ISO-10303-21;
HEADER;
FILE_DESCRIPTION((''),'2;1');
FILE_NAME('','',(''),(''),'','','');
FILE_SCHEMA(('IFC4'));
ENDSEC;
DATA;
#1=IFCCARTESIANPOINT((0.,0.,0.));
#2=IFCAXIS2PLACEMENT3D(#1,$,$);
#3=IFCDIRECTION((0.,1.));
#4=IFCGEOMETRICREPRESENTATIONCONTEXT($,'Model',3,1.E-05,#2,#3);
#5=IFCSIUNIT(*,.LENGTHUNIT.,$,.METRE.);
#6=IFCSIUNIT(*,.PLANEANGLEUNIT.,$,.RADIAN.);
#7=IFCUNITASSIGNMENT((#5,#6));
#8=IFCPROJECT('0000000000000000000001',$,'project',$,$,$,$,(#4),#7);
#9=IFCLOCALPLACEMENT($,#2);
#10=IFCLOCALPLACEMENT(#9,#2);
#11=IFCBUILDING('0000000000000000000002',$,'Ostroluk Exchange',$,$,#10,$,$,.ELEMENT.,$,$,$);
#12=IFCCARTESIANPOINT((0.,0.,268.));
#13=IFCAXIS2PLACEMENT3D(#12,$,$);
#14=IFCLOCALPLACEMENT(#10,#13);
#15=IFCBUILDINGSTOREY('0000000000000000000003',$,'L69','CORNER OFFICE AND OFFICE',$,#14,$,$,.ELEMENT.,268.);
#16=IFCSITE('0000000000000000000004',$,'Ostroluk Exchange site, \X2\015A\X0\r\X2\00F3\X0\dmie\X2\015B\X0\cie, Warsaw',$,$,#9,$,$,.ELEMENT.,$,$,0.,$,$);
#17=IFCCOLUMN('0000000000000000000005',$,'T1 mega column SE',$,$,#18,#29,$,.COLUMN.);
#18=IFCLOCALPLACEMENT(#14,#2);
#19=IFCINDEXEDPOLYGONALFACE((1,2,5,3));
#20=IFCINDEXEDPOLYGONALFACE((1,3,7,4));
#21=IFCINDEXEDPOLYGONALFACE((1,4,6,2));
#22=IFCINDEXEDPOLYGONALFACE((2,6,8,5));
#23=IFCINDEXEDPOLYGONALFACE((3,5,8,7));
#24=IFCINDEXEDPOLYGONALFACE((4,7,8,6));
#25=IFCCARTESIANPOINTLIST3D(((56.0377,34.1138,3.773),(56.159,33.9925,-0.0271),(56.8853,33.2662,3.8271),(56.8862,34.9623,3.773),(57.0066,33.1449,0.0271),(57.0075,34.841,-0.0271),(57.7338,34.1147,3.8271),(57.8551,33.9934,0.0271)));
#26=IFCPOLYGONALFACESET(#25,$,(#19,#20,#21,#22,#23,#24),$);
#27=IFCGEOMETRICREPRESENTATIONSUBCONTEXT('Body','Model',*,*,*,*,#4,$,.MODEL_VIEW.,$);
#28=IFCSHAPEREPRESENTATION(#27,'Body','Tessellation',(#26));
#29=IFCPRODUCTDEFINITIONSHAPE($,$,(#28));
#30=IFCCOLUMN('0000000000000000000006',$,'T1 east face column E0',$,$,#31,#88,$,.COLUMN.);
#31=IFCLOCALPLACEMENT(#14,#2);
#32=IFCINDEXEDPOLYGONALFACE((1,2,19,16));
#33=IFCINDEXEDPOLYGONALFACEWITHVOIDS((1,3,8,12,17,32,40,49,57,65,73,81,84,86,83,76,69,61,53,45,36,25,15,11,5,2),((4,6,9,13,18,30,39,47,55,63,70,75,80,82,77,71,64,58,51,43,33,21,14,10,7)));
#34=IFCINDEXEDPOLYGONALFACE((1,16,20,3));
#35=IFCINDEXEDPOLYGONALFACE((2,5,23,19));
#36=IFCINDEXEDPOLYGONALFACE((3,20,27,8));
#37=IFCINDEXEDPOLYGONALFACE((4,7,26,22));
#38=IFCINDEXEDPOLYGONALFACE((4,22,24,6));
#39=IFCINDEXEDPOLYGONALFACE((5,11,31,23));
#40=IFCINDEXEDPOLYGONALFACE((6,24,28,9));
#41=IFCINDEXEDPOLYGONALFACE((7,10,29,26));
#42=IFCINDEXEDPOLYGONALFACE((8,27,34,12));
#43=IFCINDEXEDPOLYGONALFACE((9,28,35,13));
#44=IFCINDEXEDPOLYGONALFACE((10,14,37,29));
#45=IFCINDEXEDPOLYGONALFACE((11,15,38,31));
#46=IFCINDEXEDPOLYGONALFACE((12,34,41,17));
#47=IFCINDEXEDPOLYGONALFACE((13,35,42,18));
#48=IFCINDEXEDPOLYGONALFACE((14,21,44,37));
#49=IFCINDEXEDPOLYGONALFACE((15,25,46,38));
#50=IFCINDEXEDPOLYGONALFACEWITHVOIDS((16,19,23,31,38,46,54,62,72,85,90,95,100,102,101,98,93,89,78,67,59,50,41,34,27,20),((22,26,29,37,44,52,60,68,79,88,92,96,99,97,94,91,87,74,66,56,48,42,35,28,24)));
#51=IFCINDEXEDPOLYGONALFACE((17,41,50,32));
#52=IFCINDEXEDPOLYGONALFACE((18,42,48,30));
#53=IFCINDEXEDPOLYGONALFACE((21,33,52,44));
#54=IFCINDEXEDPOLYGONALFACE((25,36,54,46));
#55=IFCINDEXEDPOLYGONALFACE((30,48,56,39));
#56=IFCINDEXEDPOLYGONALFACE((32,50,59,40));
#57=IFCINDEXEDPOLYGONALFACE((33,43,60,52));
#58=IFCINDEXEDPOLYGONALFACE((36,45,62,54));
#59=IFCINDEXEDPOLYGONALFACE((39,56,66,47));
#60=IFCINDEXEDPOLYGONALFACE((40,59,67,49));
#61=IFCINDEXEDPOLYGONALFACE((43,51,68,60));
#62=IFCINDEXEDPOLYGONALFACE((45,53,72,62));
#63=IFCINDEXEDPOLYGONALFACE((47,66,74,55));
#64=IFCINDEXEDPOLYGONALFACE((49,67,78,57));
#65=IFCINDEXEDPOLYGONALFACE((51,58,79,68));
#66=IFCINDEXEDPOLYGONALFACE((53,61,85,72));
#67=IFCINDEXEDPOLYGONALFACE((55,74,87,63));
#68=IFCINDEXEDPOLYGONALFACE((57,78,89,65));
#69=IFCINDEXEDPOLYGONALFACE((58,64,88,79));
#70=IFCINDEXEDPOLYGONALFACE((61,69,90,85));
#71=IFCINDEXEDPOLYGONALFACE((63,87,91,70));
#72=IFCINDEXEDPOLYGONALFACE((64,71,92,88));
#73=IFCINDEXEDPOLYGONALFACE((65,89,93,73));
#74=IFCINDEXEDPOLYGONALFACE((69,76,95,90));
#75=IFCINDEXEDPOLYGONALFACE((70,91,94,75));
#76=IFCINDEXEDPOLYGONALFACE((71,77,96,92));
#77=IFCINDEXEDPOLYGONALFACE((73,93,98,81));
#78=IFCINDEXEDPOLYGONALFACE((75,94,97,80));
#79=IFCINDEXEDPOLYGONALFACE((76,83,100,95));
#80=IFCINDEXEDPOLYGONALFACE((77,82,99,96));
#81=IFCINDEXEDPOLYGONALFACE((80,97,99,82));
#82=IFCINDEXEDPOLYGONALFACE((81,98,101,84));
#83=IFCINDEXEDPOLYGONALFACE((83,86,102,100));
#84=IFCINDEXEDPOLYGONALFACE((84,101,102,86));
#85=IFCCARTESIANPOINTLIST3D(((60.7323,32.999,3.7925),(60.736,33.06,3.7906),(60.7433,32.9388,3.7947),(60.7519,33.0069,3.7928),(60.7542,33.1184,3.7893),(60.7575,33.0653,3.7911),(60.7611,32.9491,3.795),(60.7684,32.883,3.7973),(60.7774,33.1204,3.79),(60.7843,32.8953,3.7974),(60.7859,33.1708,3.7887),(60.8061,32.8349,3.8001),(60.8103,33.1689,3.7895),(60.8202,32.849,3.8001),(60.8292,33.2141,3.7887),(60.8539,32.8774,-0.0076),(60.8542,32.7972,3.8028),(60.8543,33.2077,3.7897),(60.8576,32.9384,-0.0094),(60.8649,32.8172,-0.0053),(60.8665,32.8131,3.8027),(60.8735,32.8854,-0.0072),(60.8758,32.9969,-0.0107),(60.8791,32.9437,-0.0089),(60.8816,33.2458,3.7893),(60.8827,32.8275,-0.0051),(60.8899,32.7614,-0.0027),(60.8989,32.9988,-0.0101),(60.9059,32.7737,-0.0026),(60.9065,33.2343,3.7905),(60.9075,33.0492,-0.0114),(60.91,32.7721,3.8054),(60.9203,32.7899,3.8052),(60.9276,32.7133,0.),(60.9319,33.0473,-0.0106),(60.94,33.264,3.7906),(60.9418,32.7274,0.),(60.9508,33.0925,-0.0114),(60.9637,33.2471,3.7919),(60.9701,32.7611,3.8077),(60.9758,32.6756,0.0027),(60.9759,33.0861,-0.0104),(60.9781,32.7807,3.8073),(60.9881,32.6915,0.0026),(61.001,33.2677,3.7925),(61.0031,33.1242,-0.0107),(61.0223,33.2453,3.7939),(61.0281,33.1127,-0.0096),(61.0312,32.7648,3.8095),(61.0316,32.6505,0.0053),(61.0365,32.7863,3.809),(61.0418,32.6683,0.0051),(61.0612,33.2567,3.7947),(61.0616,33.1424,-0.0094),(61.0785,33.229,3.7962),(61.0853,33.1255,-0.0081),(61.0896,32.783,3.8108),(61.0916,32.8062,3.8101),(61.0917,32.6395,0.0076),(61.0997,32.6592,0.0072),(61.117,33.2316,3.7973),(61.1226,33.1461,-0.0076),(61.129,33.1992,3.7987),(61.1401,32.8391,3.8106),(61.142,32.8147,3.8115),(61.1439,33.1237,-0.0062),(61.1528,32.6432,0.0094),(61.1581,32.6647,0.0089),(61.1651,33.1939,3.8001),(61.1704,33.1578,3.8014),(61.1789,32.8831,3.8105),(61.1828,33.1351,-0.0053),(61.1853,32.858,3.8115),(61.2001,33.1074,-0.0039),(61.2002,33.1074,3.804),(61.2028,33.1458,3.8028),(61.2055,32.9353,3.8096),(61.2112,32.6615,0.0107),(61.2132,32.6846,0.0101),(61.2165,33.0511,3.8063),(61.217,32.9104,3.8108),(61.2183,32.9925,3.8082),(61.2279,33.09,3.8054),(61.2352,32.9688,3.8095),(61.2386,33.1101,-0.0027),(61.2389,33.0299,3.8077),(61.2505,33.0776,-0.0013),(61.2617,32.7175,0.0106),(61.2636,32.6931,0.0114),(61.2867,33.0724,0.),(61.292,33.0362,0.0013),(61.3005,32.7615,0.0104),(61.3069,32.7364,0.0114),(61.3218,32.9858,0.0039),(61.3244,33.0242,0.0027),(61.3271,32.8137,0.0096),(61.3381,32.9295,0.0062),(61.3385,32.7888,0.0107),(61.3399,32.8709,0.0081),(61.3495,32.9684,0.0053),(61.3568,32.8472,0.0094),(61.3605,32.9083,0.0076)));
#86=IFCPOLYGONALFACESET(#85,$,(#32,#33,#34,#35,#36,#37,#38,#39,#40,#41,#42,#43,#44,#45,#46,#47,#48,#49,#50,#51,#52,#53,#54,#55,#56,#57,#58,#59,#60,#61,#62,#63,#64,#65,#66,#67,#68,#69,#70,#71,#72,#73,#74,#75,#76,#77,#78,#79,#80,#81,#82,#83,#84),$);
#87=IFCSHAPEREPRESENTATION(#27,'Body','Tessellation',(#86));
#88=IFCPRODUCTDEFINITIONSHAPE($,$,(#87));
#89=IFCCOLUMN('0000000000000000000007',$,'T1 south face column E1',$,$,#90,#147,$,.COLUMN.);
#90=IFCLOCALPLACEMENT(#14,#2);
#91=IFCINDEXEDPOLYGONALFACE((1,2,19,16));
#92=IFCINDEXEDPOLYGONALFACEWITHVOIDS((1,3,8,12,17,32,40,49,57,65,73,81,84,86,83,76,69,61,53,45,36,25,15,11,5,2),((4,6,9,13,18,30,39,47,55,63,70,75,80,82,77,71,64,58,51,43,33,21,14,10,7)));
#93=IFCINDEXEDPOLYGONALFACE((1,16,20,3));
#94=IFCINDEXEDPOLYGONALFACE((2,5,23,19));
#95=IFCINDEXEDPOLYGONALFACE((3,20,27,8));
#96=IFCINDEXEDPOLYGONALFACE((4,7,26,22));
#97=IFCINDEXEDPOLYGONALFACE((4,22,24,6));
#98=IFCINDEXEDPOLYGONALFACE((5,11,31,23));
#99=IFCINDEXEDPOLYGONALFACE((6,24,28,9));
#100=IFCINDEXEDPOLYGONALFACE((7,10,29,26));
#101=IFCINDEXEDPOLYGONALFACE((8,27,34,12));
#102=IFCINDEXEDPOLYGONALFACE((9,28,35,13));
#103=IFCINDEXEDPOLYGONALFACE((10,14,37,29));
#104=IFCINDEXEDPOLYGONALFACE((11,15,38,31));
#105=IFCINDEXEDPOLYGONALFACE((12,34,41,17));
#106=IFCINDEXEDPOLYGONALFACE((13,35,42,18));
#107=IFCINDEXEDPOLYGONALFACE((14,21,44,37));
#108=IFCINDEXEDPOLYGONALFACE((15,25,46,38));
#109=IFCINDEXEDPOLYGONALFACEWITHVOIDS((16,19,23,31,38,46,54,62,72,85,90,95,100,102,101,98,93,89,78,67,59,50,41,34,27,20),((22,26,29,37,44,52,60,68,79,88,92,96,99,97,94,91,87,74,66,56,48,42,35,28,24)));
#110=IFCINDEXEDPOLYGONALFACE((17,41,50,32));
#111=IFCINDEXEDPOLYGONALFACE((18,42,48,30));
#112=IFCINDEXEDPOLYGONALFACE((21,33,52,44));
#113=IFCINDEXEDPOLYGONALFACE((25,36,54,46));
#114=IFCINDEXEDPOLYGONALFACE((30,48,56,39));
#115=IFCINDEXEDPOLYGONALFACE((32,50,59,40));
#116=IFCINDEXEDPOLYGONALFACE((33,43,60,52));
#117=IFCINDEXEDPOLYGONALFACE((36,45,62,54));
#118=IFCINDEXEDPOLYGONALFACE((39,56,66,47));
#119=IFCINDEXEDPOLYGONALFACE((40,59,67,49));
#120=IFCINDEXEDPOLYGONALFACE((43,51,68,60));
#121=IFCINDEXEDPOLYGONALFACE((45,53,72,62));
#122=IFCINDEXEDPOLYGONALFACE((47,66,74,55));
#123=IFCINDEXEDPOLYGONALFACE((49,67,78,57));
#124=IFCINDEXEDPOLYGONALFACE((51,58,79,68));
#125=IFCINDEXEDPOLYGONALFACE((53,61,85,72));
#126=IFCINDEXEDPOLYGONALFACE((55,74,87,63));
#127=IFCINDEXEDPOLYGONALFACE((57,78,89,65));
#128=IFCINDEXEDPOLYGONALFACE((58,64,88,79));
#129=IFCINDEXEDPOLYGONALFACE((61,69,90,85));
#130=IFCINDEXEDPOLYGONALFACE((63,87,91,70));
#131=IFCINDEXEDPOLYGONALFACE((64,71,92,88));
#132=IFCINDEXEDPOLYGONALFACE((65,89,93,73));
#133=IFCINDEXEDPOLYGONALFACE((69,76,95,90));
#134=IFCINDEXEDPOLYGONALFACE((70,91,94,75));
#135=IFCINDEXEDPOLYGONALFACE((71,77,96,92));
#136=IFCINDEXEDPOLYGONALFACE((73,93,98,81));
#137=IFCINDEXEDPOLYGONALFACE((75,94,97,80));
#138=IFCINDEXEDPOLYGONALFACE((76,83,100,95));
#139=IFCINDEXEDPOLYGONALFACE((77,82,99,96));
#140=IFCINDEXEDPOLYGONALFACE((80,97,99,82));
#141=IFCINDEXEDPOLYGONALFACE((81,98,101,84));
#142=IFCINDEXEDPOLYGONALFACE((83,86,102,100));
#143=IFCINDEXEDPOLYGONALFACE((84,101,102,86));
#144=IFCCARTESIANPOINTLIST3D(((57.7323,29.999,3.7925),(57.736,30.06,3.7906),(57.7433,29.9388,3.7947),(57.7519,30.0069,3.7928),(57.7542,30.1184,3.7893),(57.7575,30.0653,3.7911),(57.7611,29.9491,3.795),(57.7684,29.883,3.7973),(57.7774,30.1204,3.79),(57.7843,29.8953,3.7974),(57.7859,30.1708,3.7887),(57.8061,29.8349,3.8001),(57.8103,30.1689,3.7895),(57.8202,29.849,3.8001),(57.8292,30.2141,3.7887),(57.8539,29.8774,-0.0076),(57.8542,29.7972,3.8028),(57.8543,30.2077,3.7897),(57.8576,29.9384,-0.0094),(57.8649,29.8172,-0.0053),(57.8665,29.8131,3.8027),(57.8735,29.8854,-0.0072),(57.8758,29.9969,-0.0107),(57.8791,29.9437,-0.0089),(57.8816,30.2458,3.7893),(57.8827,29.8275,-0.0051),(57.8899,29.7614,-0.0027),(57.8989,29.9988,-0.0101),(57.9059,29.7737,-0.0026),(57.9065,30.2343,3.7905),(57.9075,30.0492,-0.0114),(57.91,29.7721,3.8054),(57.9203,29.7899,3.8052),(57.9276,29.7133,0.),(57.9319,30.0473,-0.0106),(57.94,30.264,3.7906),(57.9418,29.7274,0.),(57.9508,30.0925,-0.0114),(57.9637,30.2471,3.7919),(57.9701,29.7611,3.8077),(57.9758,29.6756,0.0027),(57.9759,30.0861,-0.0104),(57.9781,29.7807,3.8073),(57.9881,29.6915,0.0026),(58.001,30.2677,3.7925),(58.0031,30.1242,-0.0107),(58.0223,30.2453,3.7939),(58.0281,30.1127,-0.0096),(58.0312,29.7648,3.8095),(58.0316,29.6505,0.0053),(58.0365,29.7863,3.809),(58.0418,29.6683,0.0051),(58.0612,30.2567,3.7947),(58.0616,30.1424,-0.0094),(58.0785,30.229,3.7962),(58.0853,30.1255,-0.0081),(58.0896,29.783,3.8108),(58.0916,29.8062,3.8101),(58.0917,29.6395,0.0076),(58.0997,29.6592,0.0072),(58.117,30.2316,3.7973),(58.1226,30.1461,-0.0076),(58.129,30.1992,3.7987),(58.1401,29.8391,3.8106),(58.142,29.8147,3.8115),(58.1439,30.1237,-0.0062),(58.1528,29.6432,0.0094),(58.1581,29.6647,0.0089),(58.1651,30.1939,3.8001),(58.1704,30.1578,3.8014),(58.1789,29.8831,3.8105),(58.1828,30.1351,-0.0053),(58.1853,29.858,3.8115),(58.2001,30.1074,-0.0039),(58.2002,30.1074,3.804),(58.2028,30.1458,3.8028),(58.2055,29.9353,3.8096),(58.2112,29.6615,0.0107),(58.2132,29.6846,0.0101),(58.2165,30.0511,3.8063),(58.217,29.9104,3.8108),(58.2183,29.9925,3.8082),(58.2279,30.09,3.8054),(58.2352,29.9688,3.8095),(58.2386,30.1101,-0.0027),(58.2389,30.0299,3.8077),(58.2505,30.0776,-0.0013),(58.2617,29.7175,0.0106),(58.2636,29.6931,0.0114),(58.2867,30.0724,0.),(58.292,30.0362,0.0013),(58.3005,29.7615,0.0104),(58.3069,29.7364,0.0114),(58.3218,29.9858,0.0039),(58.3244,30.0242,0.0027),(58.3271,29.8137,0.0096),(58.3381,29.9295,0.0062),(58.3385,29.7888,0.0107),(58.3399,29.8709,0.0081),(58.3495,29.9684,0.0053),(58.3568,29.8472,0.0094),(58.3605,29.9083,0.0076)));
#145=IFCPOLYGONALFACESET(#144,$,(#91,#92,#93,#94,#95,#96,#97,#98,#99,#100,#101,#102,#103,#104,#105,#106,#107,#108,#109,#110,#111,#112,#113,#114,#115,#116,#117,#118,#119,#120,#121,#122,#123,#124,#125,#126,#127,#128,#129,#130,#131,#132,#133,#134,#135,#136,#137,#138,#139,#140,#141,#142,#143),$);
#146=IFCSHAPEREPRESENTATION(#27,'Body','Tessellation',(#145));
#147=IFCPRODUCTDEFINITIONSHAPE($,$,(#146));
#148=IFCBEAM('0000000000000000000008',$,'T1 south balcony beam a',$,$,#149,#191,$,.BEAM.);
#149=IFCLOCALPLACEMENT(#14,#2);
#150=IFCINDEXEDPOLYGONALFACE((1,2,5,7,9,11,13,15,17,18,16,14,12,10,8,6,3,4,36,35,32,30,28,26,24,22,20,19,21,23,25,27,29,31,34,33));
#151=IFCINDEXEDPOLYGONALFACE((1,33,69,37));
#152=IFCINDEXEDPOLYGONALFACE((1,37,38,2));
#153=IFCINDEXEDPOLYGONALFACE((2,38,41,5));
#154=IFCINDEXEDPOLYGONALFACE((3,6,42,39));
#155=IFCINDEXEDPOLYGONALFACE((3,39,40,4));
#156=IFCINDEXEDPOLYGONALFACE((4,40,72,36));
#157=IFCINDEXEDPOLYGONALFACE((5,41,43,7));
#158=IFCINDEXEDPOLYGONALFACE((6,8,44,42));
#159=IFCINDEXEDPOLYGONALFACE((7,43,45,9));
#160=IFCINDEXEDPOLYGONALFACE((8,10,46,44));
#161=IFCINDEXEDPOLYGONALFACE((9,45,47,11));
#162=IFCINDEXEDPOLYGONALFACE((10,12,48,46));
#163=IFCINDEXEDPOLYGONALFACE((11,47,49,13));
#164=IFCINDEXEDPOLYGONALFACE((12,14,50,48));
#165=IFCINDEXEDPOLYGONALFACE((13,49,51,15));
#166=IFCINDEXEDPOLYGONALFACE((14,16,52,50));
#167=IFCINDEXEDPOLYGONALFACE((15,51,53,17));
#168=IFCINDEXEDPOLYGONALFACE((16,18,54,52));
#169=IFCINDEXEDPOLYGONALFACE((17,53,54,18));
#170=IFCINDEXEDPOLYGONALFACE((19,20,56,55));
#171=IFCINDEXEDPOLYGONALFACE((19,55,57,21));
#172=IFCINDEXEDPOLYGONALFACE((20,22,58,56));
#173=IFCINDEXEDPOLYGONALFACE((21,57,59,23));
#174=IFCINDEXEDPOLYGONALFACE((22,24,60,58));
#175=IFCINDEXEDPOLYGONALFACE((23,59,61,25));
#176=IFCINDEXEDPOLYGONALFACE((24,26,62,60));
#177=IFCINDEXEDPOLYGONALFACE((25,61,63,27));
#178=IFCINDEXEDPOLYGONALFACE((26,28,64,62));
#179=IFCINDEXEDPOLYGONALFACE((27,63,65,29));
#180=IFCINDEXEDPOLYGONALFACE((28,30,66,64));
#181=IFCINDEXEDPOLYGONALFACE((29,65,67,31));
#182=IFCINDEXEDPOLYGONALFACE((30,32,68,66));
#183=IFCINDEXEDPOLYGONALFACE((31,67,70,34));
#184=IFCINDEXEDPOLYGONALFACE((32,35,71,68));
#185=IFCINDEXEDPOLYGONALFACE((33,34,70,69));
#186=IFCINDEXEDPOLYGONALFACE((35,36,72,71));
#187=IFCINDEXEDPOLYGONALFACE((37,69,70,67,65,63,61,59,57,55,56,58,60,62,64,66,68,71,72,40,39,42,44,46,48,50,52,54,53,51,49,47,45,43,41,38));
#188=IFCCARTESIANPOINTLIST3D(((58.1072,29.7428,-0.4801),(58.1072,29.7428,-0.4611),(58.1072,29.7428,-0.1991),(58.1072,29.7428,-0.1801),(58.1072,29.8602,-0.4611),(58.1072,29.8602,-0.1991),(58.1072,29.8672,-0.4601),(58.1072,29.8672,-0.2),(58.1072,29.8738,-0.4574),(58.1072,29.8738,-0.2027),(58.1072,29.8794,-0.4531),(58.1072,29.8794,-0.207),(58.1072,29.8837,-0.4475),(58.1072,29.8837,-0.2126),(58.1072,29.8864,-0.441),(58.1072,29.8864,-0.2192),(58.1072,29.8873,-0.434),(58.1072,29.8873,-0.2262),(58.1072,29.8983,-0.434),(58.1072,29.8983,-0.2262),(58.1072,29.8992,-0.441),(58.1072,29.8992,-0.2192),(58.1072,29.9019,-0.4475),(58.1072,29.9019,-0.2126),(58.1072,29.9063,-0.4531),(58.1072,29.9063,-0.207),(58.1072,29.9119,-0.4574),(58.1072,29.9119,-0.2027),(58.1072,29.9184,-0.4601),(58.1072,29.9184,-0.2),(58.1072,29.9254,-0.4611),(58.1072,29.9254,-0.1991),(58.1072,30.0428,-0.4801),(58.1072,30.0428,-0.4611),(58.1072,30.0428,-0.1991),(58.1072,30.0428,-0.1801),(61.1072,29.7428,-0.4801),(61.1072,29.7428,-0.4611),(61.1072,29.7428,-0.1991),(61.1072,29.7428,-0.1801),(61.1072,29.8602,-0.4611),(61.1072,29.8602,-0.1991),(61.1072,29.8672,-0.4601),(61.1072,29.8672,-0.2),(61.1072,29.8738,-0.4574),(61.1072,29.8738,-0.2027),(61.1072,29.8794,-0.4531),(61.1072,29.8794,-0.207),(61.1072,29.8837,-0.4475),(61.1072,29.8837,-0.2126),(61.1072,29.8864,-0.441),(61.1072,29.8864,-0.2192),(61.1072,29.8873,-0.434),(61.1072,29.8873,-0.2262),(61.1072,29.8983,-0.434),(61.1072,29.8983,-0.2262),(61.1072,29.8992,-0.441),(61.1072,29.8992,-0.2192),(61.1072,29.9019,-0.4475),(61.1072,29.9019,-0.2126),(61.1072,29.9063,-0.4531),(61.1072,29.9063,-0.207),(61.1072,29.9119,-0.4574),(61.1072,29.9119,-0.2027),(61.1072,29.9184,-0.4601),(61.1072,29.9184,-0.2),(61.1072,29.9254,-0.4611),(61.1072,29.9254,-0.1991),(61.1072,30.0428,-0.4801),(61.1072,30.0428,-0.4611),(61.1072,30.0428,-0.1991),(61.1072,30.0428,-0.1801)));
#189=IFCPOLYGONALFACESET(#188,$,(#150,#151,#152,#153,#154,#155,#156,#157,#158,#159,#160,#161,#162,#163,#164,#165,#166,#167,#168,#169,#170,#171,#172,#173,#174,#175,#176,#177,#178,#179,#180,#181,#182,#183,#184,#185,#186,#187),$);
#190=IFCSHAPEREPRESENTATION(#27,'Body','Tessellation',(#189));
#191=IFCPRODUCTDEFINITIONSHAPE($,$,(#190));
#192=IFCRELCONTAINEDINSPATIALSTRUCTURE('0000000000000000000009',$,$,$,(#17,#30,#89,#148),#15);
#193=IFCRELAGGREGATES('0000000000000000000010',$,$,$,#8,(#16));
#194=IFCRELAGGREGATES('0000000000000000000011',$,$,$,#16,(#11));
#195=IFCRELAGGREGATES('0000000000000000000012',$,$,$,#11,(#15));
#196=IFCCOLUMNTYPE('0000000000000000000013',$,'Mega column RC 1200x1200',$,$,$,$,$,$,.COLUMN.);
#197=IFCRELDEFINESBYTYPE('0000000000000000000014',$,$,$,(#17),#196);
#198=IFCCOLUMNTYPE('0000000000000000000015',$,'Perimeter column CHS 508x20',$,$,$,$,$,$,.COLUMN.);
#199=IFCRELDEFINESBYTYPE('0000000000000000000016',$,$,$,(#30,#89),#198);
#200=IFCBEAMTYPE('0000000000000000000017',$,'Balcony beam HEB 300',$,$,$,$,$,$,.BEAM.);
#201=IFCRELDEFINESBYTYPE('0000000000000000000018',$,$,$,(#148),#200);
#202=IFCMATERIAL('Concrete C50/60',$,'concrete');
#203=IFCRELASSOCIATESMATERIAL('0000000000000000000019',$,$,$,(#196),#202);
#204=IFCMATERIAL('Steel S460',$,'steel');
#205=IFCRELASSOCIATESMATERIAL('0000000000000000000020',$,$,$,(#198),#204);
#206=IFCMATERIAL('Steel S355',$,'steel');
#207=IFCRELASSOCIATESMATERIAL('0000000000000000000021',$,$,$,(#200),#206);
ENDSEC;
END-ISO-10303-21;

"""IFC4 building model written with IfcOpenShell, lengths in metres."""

from ifc_helpers import new_model, si_unit, direction, frame, origin, origin_2d, place, context, subcontext, project, spatial, rectangle, hollow_circle, i_section, extrude, material, material_profile, profile_set, type_object, element, save


model = new_model("IFC4")

# Units and contexts
model_context = context("Model", 3, precision=1e-05, world=origin(), true_north=direction((0.0, 1.0)))
body_context = subcontext(model_context, "Body", "Model", "MODEL_VIEW")
ifc_project = project(units=[si_unit("LENGTHUNIT", "METRE"), si_unit("PLANEANGLEUNIT", "RADIAN")], contexts=[model_context])

# Site, building, storey
site_placement = place(None, origin())
site = spatial("IfcSite", under=ifc_project, at=site_placement, Name="Ostroluk Exchange site, Śródmieście, Warsaw", CompositionType="ELEMENT", RefElevation=0.0)
building_placement = place(site_placement, origin())
building = spatial("IfcBuilding", under=site, at=building_placement, Name="Ostroluk Exchange", CompositionType="ELEMENT")
storey_placement = place(building_placement, frame((0.0, 0.0, 268.0)))
storey = spatial("IfcBuildingStorey", under=building, at=storey_placement, Name="L69", Description="CORNER OFFICE AND OFFICE", CompositionType="ELEMENT", Elevation=268.0)

# Columns
ifc_material_1 = material(Name="Concrete C50/60", Category="concrete")
ifc_material_profile_1 = material_profile(ifc_material_1, rectangle(XDim=1.2, YDim=1.2, at=origin_2d()), Name="RC 1200x1200")
ifc_profile_set_1 = profile_set([ifc_material_profile_1], Name="Concrete C50/60")
column_type_1 = type_object("IfcColumnType", Name="Mega column RC 1200x1200", PredefinedType="COLUMN", material=ifc_profile_set_1)
column_placement = place(storey_placement, frame((57.0071, 33.9929, 0.0), z_axis=(-0.031898, 0.031898, 0.998982), x_axis=(-0.707107, -0.707107, 0.0)))
element("IfcColumn", 1, at=column_placement, inside=storey, type_object=column_type_1, Name="T1 mega column SE", PredefinedType="COLUMN", context=body_context, shape_type="SweptSolid", body=[
    extrude(rectangle(XDim=1.2, YDim=1.2, at=origin_2d()), origin(), (0.0, 0.0, 1.0), 3.804),
])
ifc_material_2 = material(Name="Steel S460", Category="steel")
ifc_material_profile_2 = material_profile(ifc_material_2, hollow_circle(Radius=0.2539, WallThickness=0.02, at=origin_2d()), Name="CHS 508x20")
ifc_profile_set_2 = profile_set([ifc_material_profile_2], Name="Steel S460")
column_type_2 = type_object("IfcColumnType", Name="Perimeter column CHS 508x20", PredefinedType="COLUMN", material=ifc_profile_set_2)
for number, where, z_axis, x_axis, name in (
    (2, (61.1072, 32.8928, 0.0), (-0.031962, 0.031962, 0.998978), (-0.707107, -0.707107, 0.0), "T1 east face column E0"),
    (3, (58.1072, 29.8928, 0.0), (-0.031962, 0.031962, 0.998978), (-0.707107, -0.707107, 0.0), "T1 south face column E1"),
):
    element("IfcColumn", number, at=place(storey_placement, frame(where, z_axis=z_axis, x_axis=x_axis)), inside=storey, type_object=column_type_2, Name=name, PredefinedType="COLUMN", context=body_context, shape_type="SweptSolid", body=[
        extrude(hollow_circle(Radius=0.2539, WallThickness=0.02, at=origin_2d()), origin(), (0.0, 0.0, 1.0), 3.804),
    ])

# Beam
ifc_material_3 = material(Name="Steel S355", Category="steel")
ifc_material_profile_3 = material_profile(ifc_material_3, i_section(OverallWidth=0.3, OverallDepth=0.3, WebThickness=0.011, FlangeThickness=0.019, FilletRadius=0.0271, at=origin_2d()), Name="HEB 300")
ifc_profile_set_3 = profile_set([ifc_material_profile_3], Name="Steel S355")
beam_type_1 = type_object("IfcBeamType", Name="Balcony beam HEB 300", PredefinedType="BEAM", material=ifc_profile_set_3)
for number, where, z_axis, x_axis, name in (
    (4, (58.1072, 29.8928, -0.3301), (1.0, 0.0, 0.0), (0.0, 1.0, 0.0), "T1 south balcony beam a"),
):
    element("IfcBeam", number, at=place(storey_placement, frame(where, z_axis=z_axis, x_axis=x_axis)), inside=storey, type_object=beam_type_1, Name=name, PredefinedType="BEAM", context=body_context, shape_type="SweptSolid", body=[
        extrude(i_section(OverallWidth=0.3, OverallDepth=0.3, WebThickness=0.011, FlangeThickness=0.019, FilletRadius=0.0271, at=origin_2d()), origin(), (0.0, 0.0, 1.0), 3.0),
    ])

save(model, "model.ifc")
